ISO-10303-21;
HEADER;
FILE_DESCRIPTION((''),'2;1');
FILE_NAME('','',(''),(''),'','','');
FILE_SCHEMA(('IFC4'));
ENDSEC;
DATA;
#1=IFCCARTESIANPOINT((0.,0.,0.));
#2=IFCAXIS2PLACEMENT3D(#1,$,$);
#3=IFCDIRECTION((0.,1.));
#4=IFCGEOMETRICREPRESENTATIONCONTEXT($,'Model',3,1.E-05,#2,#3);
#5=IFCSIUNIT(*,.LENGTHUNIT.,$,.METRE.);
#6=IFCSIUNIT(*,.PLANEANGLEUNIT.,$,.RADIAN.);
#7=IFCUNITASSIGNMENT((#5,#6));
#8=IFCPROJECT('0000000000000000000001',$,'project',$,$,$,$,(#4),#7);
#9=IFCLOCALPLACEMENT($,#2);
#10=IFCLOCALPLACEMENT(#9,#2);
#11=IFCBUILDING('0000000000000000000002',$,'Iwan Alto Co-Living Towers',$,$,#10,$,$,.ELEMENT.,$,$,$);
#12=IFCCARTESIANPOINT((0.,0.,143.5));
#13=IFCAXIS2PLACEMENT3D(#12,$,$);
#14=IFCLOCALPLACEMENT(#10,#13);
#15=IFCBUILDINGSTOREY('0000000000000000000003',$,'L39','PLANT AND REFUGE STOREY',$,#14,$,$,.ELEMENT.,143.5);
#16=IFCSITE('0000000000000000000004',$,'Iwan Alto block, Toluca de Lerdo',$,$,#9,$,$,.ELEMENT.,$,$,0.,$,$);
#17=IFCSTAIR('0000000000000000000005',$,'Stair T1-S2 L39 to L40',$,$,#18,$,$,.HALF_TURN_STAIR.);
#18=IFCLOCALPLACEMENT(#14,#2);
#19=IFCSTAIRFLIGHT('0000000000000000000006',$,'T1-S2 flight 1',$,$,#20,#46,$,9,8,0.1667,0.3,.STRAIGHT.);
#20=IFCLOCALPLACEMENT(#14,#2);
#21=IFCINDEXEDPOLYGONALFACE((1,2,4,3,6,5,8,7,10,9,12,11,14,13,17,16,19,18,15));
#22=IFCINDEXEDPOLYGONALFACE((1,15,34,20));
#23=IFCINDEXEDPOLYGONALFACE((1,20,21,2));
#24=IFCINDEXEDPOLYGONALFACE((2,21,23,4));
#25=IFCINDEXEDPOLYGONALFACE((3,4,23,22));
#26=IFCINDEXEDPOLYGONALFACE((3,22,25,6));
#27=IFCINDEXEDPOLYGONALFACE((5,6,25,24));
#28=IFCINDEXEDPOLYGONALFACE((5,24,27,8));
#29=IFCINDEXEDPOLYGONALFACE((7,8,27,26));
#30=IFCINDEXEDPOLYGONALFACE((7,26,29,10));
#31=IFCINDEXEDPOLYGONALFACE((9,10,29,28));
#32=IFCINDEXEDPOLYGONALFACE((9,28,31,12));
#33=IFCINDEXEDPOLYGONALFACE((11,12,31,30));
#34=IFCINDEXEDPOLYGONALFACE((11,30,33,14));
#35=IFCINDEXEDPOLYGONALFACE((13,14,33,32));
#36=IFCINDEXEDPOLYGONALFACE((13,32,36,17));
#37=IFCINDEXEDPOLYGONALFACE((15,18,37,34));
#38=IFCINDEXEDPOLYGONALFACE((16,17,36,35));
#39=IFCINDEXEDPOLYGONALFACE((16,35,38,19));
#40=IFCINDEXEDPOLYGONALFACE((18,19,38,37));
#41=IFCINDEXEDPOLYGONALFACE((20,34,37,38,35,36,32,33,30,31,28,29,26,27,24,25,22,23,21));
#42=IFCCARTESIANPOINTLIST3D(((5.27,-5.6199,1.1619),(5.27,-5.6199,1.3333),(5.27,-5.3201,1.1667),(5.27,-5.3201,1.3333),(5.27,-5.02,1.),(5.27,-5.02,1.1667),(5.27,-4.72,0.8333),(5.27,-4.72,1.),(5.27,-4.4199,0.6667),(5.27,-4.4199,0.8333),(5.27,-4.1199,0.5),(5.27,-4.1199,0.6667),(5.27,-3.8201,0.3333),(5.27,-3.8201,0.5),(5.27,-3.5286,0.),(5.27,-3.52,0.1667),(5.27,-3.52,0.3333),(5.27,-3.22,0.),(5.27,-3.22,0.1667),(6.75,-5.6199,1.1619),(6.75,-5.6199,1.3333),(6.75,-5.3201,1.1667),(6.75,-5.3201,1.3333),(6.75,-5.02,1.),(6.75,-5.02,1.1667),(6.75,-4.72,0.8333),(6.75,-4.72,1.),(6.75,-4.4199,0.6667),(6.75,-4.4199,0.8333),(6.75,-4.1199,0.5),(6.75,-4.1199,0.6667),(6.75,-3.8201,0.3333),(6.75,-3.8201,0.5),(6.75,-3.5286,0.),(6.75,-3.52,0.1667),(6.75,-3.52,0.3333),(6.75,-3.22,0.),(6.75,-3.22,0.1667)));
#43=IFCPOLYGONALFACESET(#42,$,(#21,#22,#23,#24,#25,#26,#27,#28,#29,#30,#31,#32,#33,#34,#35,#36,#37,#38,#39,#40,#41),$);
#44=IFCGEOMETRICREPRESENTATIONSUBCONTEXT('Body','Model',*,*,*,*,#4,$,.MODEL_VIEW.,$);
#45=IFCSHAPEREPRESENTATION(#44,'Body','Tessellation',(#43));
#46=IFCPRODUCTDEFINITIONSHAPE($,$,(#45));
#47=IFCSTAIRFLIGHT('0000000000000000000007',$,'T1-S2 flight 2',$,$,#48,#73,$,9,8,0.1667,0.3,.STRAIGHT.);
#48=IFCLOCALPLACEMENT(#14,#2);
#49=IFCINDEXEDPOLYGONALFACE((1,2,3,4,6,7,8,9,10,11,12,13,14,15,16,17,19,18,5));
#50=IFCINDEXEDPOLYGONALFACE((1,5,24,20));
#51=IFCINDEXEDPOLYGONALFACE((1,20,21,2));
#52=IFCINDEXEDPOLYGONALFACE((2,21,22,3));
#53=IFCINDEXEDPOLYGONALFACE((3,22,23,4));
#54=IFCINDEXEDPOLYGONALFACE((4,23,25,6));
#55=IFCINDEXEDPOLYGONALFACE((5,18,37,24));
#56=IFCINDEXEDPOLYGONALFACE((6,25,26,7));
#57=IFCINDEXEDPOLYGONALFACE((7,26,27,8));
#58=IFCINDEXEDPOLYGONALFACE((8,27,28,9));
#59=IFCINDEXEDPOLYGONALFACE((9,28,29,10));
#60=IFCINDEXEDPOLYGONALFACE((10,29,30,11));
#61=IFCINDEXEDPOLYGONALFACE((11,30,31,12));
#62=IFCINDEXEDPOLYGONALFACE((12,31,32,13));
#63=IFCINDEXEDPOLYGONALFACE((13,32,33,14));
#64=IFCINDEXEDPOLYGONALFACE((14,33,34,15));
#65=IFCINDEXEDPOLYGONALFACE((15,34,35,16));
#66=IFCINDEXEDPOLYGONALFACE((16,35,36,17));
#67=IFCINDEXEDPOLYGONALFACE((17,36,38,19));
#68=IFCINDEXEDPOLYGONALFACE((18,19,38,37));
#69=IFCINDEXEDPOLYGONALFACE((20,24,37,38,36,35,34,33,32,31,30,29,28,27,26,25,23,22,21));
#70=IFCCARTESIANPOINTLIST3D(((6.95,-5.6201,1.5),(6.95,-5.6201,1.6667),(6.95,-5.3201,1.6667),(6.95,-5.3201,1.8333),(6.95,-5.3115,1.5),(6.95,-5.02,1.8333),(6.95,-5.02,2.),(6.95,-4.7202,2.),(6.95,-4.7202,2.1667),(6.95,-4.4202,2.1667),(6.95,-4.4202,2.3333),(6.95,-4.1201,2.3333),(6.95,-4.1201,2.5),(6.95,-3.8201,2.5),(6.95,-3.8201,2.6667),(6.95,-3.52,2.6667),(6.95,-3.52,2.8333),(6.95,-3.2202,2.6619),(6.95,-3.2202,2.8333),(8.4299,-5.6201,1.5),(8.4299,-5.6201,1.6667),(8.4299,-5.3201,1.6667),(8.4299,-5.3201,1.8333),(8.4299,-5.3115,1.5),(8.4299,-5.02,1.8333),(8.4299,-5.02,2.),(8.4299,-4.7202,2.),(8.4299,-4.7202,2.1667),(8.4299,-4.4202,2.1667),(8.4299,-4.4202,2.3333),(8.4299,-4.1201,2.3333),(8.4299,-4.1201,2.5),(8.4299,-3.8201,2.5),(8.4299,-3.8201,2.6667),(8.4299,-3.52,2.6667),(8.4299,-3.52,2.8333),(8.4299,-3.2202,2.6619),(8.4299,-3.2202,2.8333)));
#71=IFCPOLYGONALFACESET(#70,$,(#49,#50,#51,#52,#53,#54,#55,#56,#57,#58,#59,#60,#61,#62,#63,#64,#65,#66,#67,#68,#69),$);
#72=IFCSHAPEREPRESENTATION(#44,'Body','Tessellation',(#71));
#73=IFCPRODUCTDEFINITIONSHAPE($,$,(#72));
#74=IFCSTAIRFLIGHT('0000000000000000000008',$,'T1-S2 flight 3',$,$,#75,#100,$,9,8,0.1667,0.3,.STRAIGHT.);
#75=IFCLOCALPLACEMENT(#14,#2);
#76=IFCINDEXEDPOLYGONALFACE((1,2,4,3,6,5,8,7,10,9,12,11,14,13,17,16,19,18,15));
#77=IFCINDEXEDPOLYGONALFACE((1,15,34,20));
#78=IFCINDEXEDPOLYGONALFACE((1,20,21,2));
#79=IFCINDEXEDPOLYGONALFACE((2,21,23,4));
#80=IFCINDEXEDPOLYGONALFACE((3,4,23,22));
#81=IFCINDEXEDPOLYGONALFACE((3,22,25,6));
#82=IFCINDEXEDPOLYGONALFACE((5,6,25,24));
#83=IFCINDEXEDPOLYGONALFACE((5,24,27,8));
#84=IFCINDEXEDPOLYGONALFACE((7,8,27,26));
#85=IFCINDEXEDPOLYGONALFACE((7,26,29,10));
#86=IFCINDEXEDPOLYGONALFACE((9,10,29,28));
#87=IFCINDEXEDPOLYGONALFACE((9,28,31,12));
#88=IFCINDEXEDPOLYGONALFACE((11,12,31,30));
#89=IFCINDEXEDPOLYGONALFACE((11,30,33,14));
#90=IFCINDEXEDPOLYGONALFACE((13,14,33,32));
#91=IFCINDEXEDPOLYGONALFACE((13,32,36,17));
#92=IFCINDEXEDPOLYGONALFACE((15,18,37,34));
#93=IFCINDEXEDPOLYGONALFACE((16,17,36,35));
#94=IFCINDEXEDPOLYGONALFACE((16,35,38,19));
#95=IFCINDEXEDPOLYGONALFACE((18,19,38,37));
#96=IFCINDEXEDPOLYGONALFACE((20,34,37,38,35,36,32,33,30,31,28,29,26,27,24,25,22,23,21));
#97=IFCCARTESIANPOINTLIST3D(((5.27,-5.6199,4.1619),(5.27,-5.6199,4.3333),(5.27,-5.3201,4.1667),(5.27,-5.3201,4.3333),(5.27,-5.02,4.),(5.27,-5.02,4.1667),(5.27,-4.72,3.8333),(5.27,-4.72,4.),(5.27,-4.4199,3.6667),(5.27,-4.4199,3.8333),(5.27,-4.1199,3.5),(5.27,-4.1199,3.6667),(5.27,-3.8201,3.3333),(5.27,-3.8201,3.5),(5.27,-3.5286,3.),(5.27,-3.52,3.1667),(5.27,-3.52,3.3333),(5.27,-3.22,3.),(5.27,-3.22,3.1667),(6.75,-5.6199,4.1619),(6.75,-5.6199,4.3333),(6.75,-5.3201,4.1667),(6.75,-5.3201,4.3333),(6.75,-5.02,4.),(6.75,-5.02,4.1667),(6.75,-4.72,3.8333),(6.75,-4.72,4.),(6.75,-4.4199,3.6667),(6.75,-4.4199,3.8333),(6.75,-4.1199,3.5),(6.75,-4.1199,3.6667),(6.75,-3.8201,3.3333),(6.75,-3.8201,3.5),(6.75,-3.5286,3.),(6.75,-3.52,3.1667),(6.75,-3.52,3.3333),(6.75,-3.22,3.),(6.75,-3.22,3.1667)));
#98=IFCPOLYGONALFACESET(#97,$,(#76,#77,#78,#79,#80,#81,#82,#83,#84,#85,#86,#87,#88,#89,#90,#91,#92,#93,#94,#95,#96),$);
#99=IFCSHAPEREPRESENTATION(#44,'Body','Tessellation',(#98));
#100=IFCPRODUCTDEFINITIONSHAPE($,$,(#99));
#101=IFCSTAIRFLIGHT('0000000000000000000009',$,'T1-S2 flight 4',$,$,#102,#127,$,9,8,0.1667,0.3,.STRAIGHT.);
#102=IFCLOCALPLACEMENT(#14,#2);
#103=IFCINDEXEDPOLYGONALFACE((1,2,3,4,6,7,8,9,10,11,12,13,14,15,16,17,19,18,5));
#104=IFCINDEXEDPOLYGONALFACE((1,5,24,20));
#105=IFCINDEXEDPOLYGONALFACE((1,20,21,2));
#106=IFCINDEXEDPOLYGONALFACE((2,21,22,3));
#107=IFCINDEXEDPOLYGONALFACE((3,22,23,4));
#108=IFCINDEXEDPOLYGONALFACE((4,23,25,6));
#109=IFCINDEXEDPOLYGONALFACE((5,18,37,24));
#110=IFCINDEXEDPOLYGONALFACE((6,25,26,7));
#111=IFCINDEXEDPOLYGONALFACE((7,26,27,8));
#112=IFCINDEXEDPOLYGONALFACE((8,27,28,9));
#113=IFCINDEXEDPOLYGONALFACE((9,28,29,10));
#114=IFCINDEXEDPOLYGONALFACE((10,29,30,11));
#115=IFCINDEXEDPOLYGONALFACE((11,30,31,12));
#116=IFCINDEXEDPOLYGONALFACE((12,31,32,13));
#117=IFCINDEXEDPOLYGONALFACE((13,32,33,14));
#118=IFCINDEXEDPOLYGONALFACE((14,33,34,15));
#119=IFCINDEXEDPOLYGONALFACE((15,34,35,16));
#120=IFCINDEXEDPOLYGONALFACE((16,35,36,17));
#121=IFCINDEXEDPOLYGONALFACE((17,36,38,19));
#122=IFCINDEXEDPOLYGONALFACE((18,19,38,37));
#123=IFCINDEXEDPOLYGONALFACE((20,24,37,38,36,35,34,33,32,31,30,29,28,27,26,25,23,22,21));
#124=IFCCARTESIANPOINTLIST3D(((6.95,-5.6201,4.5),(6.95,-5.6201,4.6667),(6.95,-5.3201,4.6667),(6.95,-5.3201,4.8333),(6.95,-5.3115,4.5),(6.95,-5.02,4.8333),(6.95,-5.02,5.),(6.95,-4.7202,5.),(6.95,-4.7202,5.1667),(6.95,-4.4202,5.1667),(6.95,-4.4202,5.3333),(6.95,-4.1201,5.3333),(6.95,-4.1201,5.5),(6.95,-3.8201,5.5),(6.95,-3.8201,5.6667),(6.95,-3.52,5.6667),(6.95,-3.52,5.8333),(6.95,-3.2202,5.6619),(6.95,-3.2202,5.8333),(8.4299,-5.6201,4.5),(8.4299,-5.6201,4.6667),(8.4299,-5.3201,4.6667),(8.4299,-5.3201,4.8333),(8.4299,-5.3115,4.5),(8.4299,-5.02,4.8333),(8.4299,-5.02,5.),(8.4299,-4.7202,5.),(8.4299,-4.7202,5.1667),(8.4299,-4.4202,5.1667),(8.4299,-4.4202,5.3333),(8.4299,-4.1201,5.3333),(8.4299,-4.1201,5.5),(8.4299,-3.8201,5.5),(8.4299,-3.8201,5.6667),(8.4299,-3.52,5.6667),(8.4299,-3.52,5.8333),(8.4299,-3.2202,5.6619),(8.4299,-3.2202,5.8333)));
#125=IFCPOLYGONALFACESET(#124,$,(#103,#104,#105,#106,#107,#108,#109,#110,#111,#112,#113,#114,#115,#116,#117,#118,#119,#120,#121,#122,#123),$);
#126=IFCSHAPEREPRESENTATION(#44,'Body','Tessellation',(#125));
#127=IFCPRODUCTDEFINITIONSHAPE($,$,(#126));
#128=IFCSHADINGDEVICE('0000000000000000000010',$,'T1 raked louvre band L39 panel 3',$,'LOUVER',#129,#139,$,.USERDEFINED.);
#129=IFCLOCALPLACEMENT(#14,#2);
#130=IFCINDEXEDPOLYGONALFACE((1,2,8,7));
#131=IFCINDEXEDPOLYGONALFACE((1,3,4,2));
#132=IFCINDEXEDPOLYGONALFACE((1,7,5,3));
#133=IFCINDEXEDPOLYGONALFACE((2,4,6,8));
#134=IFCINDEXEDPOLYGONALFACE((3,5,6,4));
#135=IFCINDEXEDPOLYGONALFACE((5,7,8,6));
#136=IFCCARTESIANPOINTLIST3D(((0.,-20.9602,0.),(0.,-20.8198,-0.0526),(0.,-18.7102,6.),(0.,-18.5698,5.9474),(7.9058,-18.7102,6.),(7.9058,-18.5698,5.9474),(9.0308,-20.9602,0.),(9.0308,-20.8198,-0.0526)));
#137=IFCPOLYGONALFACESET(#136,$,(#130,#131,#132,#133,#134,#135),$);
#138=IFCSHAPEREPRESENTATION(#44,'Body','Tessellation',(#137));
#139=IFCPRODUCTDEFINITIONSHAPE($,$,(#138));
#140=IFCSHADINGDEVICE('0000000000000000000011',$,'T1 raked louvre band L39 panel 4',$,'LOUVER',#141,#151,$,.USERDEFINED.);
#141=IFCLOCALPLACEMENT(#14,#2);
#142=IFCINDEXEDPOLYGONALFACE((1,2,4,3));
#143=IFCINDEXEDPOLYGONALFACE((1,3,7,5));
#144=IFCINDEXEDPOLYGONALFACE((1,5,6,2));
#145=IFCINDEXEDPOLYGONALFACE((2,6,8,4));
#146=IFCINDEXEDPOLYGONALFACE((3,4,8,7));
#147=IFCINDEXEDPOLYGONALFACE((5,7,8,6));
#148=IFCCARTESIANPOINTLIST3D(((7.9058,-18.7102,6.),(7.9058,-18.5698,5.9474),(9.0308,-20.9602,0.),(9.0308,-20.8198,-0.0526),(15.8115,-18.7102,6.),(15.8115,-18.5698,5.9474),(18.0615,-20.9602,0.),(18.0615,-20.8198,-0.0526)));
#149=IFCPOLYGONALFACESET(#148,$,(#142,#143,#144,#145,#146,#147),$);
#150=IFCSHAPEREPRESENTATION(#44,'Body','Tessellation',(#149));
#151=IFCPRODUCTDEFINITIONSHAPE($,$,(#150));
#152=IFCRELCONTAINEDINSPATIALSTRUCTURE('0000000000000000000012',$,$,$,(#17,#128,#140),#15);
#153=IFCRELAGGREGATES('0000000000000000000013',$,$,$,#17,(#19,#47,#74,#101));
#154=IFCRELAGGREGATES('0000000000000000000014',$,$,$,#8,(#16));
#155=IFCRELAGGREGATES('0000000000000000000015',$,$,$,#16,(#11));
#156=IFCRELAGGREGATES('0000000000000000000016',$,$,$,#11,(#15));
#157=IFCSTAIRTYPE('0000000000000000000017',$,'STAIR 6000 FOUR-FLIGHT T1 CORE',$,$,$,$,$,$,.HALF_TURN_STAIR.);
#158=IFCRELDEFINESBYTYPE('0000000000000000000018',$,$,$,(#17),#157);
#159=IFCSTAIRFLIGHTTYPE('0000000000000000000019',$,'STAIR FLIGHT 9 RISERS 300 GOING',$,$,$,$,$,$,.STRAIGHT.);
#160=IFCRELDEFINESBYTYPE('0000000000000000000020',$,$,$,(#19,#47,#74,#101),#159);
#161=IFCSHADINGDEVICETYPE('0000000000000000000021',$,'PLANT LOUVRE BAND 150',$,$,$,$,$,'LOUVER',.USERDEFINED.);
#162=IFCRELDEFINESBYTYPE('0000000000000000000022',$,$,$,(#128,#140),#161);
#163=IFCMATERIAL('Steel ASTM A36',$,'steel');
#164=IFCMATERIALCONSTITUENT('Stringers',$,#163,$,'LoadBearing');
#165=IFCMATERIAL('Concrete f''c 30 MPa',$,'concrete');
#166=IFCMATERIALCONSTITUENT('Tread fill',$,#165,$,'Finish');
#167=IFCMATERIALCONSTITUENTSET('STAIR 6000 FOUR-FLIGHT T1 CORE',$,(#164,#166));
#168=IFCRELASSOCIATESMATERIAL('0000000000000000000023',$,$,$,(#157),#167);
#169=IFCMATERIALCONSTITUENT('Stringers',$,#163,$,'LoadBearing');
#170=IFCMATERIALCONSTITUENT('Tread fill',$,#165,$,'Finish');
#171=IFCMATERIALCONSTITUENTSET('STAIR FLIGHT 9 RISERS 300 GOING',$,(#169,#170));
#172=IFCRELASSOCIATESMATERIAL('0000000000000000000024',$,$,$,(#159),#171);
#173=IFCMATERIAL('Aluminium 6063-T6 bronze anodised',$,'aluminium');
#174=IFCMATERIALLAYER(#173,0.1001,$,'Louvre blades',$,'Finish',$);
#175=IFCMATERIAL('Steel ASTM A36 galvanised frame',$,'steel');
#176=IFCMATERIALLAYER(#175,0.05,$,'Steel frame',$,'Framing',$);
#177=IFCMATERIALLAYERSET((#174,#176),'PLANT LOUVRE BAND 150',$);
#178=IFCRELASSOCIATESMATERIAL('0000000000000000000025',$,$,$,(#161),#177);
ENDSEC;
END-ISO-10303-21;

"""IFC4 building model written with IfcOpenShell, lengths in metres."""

from ifc_helpers import new_model, si_unit, direction, frame, origin, place, context, subcontext, project, spatial, polyline, outline, extrude, material, layer, layer_set, constituent, constituent_set, type_object, element, aggregate, save


model = new_model("IFC4")

# Units and contexts
model_context = context("Model", 3, precision=1e-05, world=origin(), true_north=direction((0.0, 1.0)))
body_context = subcontext(model_context, "Body", "Model", "MODEL_VIEW")
ifc_project = project(units=[si_unit("LENGTHUNIT", "METRE"), si_unit("PLANEANGLEUNIT", "RADIAN")], contexts=[model_context])

# Site, building, storey
site_placement = place(None, origin())
site = spatial("IfcSite", under=ifc_project, at=site_placement, Name="Iwan Alto block, Toluca de Lerdo", CompositionType="ELEMENT", RefElevation=0.0)
building_placement = place(site_placement, origin())
building = spatial("IfcBuilding", under=site, at=building_placement, Name="Iwan Alto Co-Living Towers", CompositionType="ELEMENT")
storey_placement = place(building_placement, frame((0.0, 0.0, 143.5)))
storey = spatial("IfcBuildingStorey", under=building, at=storey_placement, Name="L39", Description="PLANT AND REFUGE STOREY", CompositionType="ELEMENT", Elevation=143.5)

# Shared definitions
ifc_material_1 = material(Name="Steel ASTM A36", Category="steel")
ifc_constituent_1 = constituent(ifc_material_1, Name="Stringers", Category="LoadBearing")
ifc_material_2 = material(Name="Concrete f'c 30 MPa", Category="concrete")
ifc_constituent_2 = constituent(ifc_material_2, Name="Tread fill", Category="Finish")
ifc_constituent_set_1 = constituent_set(constituents=[ifc_constituent_1, ifc_constituent_2], Name="STAIR 6000 FOUR-FLIGHT T1 CORE")
stair_type = type_object("IfcStairType", Name="STAIR 6000 FOUR-FLIGHT T1 CORE", PredefinedType="HALF_TURN_STAIR", material=ifc_constituent_set_1)

# Stair, stair flights
stair_1_placement = place(storey_placement, origin())
stair_1 = element("IfcStair", 1, at=stair_1_placement, inside=storey, type_object=stair_type, Name="Stair T1-S2 L39 to L40", PredefinedType="HALF_TURN_STAIR")
ifc_constituent_3 = constituent(ifc_material_1, Name="Stringers", Category="LoadBearing")
ifc_constituent_4 = constituent(ifc_material_2, Name="Tread fill", Category="Finish")
ifc_constituent_set_2 = constituent_set(constituents=[ifc_constituent_3, ifc_constituent_4], Name="STAIR FLIGHT 9 RISERS 300 GOING")
stair_flight_type = type_object("IfcStairFlightType", Name="STAIR FLIGHT 9 RISERS 300 GOING", PredefinedType="STRAIGHT", material=ifc_constituent_set_2)
stair_flight_1_placement = place(storey_placement, frame((6.01, -3.22, 0.0), z_axis=(0.0, 0.0, 1.0), x_axis=(0.0, -1.0, 0.0)))
stair_flight_1 = element("IfcStairFlight", 2, at=stair_flight_1_placement, type_object=stair_flight_type, Name="T1-S2 flight 1", NumberOfRisers=9, NumberOfTreads=8, PredefinedType="STRAIGHT", RiserHeight=0.1667, TreadLength=0.3, context=body_context, shape_type="SweptSolid", body=[
    extrude(outline(polyline([(0.0, 0.0), (0.0, 0.1667), (0.3, 0.1667), (0.3, 0.3333), (0.6001, 0.3333), (0.6001, 0.5), (0.8999, 0.5), (0.8999, 0.6667), (1.2, 0.6667), (1.2, 0.8333), (1.5, 0.8333), (1.5, 1.0), (1.8, 1.0), (1.8, 1.1667), (2.1001, 1.1667), (2.1001, 1.3333), (2.3999, 1.3333), (2.3999, 1.5), (2.3999, 1.1619), (0.3086, 0.0), (0.0, 0.0)])), frame((0.0, 0.74, 0.0), z_axis=(0.0, -1.0, 0.0), x_axis=(1.0, 0.0, 0.0)), (0.0, 0.0, 1.0), 1.48),
])
stair_flight_2_placement = place(storey_placement, frame((7.6899, -5.6201, 1.5), z_axis=(0.0, 0.0, 1.0), x_axis=(0.0, 1.0, 0.0)))
stair_flight_2 = element("IfcStairFlight", 3, at=stair_flight_2_placement, type_object=stair_flight_type, Name="T1-S2 flight 2", NumberOfRisers=9, NumberOfTreads=8, PredefinedType="STRAIGHT", RiserHeight=0.1667, TreadLength=0.3, context=body_context, shape_type="SweptSolid", body=[
    extrude(outline(polyline([(0.0, 0.0), (0.0, 0.1667), (0.3, 0.1667), (0.3, 0.3333), (0.6001, 0.3333), (0.6001, 0.5), (0.8999, 0.5), (0.8999, 0.6667), (1.2, 0.6667), (1.2, 0.8333), (1.5, 0.8333), (1.5, 1.0), (1.8, 1.0), (1.8, 1.1667), (2.1001, 1.1667), (2.1001, 1.3333), (2.3999, 1.3333), (2.3999, 1.5), (2.3999, 1.1619), (0.3086, 0.0), (0.0, 0.0)])), frame((0.0, 0.74, 0.0), z_axis=(0.0, -1.0, 0.0), x_axis=(1.0, 0.0, 0.0)), (0.0, 0.0, 1.0), 1.48),
])
stair_flight_3_placement = place(storey_placement, frame((6.01, -3.22, 3.0), z_axis=(0.0, 0.0, 1.0), x_axis=(0.0, -1.0, 0.0)))
stair_flight_3 = element("IfcStairFlight", 4, at=stair_flight_3_placement, type_object=stair_flight_type, Name="T1-S2 flight 3", NumberOfRisers=9, NumberOfTreads=8, PredefinedType="STRAIGHT", RiserHeight=0.1667, TreadLength=0.3, context=body_context, shape_type="SweptSolid", body=[
    extrude(outline(polyline([(0.0, 0.0), (0.0, 0.1667), (0.3, 0.1667), (0.3, 0.3333), (0.6001, 0.3333), (0.6001, 0.5), (0.8999, 0.5), (0.8999, 0.6667), (1.2, 0.6667), (1.2, 0.8333), (1.5, 0.8333), (1.5, 1.0), (1.8, 1.0), (1.8, 1.1667), (2.1001, 1.1667), (2.1001, 1.3333), (2.3999, 1.3333), (2.3999, 1.5), (2.3999, 1.1619), (0.3086, 0.0), (0.0, 0.0)])), frame((0.0, 0.74, 0.0), z_axis=(0.0, -1.0, 0.0), x_axis=(1.0, 0.0, 0.0)), (0.0, 0.0, 1.0), 1.48),
])
stair_flight_4_placement = place(storey_placement, frame((7.6899, -5.6201, 4.5), z_axis=(0.0, 0.0, 1.0), x_axis=(0.0, 1.0, 0.0)))
stair_flight_4 = element("IfcStairFlight", 5, at=stair_flight_4_placement, type_object=stair_flight_type, Name="T1-S2 flight 4", NumberOfRisers=9, NumberOfTreads=8, PredefinedType="STRAIGHT", RiserHeight=0.1667, TreadLength=0.3, context=body_context, shape_type="SweptSolid", body=[
    extrude(outline(polyline([(0.0, 0.0), (0.0, 0.1667), (0.3, 0.1667), (0.3, 0.3333), (0.6001, 0.3333), (0.6001, 0.5), (0.8999, 0.5), (0.8999, 0.6667), (1.2, 0.6667), (1.2, 0.8333), (1.5, 0.8333), (1.5, 1.0), (1.8, 1.0), (1.8, 1.1667), (2.1001, 1.1667), (2.1001, 1.3333), (2.3999, 1.3333), (2.3999, 1.5), (2.3999, 1.1619), (0.3086, 0.0), (0.0, 0.0)])), frame((0.0, 0.74, 0.0), z_axis=(0.0, -1.0, 0.0), x_axis=(1.0, 0.0, 0.0)), (0.0, 0.0, 1.0), 1.48),
])
aggregate(stair_1, [stair_flight_1, stair_flight_2, stair_flight_3, stair_flight_4])

# Shading devices
ifc_material_3 = material(Name="Aluminium 6063-T6 bronze anodised", Category="aluminium")
ifc_layer_1 = layer(ifc_material_3, 0.1001, Name="Louvre blades", Category="Finish")
ifc_material_4 = material(Name="Steel ASTM A36 galvanised frame", Category="steel")
ifc_layer_2 = layer(ifc_material_4, 0.05, Name="Steel frame", Category="Framing")
ifc_layer_set_1 = layer_set([ifc_layer_1, ifc_layer_2], Name="PLANT LOUVRE BAND 150")
shading_device_type = type_object("IfcShadingDeviceType", Name="PLANT LOUVRE BAND 150", ElementType="LOUVER", PredefinedType="USERDEFINED", material=ifc_layer_set_1)
shading_device_1_placement = place(storey_placement, frame((0.0, -20.9602, 0.0), z_axis=(0.0, -0.936329, 0.351123), x_axis=(1.0, 0.0, 0.0)))
element("IfcShadingDevice", 6, at=shading_device_1_placement, inside=storey, type_object=shading_device_type, Name="T1 raked louvre band L39 panel 3", ObjectType="LOUVER", PredefinedType="USERDEFINED", context=body_context, shape_type="SweptSolid", body=[
    extrude(outline(polyline([(0.0, 0.0), (9.0308, 0.0), (7.9058, 6.408), (0.0, 6.408), (0.0, 0.0)])), origin(), (0.0, 0.0, -1.0), 0.1499),
])
shading_device_2_placement = place(storey_placement, frame((9.0308, -20.9602, 0.0), z_axis=(0.0, -0.936329, 0.351123), x_axis=(1.0, 0.0, 0.0)))
element("IfcShadingDevice", 7, at=shading_device_2_placement, inside=storey, type_object=shading_device_type, Name="T1 raked louvre band L39 panel 4", ObjectType="LOUVER", PredefinedType="USERDEFINED", context=body_context, shape_type="SweptSolid", body=[
    extrude(outline(polyline([(0.0, 0.0), (9.0308, 0.0), (6.7808, 6.408), (-1.125, 6.408), (0.0, 0.0)])), origin(), (0.0, 0.0, -1.0), 0.1499),
])

save(model, "model.ifc")
